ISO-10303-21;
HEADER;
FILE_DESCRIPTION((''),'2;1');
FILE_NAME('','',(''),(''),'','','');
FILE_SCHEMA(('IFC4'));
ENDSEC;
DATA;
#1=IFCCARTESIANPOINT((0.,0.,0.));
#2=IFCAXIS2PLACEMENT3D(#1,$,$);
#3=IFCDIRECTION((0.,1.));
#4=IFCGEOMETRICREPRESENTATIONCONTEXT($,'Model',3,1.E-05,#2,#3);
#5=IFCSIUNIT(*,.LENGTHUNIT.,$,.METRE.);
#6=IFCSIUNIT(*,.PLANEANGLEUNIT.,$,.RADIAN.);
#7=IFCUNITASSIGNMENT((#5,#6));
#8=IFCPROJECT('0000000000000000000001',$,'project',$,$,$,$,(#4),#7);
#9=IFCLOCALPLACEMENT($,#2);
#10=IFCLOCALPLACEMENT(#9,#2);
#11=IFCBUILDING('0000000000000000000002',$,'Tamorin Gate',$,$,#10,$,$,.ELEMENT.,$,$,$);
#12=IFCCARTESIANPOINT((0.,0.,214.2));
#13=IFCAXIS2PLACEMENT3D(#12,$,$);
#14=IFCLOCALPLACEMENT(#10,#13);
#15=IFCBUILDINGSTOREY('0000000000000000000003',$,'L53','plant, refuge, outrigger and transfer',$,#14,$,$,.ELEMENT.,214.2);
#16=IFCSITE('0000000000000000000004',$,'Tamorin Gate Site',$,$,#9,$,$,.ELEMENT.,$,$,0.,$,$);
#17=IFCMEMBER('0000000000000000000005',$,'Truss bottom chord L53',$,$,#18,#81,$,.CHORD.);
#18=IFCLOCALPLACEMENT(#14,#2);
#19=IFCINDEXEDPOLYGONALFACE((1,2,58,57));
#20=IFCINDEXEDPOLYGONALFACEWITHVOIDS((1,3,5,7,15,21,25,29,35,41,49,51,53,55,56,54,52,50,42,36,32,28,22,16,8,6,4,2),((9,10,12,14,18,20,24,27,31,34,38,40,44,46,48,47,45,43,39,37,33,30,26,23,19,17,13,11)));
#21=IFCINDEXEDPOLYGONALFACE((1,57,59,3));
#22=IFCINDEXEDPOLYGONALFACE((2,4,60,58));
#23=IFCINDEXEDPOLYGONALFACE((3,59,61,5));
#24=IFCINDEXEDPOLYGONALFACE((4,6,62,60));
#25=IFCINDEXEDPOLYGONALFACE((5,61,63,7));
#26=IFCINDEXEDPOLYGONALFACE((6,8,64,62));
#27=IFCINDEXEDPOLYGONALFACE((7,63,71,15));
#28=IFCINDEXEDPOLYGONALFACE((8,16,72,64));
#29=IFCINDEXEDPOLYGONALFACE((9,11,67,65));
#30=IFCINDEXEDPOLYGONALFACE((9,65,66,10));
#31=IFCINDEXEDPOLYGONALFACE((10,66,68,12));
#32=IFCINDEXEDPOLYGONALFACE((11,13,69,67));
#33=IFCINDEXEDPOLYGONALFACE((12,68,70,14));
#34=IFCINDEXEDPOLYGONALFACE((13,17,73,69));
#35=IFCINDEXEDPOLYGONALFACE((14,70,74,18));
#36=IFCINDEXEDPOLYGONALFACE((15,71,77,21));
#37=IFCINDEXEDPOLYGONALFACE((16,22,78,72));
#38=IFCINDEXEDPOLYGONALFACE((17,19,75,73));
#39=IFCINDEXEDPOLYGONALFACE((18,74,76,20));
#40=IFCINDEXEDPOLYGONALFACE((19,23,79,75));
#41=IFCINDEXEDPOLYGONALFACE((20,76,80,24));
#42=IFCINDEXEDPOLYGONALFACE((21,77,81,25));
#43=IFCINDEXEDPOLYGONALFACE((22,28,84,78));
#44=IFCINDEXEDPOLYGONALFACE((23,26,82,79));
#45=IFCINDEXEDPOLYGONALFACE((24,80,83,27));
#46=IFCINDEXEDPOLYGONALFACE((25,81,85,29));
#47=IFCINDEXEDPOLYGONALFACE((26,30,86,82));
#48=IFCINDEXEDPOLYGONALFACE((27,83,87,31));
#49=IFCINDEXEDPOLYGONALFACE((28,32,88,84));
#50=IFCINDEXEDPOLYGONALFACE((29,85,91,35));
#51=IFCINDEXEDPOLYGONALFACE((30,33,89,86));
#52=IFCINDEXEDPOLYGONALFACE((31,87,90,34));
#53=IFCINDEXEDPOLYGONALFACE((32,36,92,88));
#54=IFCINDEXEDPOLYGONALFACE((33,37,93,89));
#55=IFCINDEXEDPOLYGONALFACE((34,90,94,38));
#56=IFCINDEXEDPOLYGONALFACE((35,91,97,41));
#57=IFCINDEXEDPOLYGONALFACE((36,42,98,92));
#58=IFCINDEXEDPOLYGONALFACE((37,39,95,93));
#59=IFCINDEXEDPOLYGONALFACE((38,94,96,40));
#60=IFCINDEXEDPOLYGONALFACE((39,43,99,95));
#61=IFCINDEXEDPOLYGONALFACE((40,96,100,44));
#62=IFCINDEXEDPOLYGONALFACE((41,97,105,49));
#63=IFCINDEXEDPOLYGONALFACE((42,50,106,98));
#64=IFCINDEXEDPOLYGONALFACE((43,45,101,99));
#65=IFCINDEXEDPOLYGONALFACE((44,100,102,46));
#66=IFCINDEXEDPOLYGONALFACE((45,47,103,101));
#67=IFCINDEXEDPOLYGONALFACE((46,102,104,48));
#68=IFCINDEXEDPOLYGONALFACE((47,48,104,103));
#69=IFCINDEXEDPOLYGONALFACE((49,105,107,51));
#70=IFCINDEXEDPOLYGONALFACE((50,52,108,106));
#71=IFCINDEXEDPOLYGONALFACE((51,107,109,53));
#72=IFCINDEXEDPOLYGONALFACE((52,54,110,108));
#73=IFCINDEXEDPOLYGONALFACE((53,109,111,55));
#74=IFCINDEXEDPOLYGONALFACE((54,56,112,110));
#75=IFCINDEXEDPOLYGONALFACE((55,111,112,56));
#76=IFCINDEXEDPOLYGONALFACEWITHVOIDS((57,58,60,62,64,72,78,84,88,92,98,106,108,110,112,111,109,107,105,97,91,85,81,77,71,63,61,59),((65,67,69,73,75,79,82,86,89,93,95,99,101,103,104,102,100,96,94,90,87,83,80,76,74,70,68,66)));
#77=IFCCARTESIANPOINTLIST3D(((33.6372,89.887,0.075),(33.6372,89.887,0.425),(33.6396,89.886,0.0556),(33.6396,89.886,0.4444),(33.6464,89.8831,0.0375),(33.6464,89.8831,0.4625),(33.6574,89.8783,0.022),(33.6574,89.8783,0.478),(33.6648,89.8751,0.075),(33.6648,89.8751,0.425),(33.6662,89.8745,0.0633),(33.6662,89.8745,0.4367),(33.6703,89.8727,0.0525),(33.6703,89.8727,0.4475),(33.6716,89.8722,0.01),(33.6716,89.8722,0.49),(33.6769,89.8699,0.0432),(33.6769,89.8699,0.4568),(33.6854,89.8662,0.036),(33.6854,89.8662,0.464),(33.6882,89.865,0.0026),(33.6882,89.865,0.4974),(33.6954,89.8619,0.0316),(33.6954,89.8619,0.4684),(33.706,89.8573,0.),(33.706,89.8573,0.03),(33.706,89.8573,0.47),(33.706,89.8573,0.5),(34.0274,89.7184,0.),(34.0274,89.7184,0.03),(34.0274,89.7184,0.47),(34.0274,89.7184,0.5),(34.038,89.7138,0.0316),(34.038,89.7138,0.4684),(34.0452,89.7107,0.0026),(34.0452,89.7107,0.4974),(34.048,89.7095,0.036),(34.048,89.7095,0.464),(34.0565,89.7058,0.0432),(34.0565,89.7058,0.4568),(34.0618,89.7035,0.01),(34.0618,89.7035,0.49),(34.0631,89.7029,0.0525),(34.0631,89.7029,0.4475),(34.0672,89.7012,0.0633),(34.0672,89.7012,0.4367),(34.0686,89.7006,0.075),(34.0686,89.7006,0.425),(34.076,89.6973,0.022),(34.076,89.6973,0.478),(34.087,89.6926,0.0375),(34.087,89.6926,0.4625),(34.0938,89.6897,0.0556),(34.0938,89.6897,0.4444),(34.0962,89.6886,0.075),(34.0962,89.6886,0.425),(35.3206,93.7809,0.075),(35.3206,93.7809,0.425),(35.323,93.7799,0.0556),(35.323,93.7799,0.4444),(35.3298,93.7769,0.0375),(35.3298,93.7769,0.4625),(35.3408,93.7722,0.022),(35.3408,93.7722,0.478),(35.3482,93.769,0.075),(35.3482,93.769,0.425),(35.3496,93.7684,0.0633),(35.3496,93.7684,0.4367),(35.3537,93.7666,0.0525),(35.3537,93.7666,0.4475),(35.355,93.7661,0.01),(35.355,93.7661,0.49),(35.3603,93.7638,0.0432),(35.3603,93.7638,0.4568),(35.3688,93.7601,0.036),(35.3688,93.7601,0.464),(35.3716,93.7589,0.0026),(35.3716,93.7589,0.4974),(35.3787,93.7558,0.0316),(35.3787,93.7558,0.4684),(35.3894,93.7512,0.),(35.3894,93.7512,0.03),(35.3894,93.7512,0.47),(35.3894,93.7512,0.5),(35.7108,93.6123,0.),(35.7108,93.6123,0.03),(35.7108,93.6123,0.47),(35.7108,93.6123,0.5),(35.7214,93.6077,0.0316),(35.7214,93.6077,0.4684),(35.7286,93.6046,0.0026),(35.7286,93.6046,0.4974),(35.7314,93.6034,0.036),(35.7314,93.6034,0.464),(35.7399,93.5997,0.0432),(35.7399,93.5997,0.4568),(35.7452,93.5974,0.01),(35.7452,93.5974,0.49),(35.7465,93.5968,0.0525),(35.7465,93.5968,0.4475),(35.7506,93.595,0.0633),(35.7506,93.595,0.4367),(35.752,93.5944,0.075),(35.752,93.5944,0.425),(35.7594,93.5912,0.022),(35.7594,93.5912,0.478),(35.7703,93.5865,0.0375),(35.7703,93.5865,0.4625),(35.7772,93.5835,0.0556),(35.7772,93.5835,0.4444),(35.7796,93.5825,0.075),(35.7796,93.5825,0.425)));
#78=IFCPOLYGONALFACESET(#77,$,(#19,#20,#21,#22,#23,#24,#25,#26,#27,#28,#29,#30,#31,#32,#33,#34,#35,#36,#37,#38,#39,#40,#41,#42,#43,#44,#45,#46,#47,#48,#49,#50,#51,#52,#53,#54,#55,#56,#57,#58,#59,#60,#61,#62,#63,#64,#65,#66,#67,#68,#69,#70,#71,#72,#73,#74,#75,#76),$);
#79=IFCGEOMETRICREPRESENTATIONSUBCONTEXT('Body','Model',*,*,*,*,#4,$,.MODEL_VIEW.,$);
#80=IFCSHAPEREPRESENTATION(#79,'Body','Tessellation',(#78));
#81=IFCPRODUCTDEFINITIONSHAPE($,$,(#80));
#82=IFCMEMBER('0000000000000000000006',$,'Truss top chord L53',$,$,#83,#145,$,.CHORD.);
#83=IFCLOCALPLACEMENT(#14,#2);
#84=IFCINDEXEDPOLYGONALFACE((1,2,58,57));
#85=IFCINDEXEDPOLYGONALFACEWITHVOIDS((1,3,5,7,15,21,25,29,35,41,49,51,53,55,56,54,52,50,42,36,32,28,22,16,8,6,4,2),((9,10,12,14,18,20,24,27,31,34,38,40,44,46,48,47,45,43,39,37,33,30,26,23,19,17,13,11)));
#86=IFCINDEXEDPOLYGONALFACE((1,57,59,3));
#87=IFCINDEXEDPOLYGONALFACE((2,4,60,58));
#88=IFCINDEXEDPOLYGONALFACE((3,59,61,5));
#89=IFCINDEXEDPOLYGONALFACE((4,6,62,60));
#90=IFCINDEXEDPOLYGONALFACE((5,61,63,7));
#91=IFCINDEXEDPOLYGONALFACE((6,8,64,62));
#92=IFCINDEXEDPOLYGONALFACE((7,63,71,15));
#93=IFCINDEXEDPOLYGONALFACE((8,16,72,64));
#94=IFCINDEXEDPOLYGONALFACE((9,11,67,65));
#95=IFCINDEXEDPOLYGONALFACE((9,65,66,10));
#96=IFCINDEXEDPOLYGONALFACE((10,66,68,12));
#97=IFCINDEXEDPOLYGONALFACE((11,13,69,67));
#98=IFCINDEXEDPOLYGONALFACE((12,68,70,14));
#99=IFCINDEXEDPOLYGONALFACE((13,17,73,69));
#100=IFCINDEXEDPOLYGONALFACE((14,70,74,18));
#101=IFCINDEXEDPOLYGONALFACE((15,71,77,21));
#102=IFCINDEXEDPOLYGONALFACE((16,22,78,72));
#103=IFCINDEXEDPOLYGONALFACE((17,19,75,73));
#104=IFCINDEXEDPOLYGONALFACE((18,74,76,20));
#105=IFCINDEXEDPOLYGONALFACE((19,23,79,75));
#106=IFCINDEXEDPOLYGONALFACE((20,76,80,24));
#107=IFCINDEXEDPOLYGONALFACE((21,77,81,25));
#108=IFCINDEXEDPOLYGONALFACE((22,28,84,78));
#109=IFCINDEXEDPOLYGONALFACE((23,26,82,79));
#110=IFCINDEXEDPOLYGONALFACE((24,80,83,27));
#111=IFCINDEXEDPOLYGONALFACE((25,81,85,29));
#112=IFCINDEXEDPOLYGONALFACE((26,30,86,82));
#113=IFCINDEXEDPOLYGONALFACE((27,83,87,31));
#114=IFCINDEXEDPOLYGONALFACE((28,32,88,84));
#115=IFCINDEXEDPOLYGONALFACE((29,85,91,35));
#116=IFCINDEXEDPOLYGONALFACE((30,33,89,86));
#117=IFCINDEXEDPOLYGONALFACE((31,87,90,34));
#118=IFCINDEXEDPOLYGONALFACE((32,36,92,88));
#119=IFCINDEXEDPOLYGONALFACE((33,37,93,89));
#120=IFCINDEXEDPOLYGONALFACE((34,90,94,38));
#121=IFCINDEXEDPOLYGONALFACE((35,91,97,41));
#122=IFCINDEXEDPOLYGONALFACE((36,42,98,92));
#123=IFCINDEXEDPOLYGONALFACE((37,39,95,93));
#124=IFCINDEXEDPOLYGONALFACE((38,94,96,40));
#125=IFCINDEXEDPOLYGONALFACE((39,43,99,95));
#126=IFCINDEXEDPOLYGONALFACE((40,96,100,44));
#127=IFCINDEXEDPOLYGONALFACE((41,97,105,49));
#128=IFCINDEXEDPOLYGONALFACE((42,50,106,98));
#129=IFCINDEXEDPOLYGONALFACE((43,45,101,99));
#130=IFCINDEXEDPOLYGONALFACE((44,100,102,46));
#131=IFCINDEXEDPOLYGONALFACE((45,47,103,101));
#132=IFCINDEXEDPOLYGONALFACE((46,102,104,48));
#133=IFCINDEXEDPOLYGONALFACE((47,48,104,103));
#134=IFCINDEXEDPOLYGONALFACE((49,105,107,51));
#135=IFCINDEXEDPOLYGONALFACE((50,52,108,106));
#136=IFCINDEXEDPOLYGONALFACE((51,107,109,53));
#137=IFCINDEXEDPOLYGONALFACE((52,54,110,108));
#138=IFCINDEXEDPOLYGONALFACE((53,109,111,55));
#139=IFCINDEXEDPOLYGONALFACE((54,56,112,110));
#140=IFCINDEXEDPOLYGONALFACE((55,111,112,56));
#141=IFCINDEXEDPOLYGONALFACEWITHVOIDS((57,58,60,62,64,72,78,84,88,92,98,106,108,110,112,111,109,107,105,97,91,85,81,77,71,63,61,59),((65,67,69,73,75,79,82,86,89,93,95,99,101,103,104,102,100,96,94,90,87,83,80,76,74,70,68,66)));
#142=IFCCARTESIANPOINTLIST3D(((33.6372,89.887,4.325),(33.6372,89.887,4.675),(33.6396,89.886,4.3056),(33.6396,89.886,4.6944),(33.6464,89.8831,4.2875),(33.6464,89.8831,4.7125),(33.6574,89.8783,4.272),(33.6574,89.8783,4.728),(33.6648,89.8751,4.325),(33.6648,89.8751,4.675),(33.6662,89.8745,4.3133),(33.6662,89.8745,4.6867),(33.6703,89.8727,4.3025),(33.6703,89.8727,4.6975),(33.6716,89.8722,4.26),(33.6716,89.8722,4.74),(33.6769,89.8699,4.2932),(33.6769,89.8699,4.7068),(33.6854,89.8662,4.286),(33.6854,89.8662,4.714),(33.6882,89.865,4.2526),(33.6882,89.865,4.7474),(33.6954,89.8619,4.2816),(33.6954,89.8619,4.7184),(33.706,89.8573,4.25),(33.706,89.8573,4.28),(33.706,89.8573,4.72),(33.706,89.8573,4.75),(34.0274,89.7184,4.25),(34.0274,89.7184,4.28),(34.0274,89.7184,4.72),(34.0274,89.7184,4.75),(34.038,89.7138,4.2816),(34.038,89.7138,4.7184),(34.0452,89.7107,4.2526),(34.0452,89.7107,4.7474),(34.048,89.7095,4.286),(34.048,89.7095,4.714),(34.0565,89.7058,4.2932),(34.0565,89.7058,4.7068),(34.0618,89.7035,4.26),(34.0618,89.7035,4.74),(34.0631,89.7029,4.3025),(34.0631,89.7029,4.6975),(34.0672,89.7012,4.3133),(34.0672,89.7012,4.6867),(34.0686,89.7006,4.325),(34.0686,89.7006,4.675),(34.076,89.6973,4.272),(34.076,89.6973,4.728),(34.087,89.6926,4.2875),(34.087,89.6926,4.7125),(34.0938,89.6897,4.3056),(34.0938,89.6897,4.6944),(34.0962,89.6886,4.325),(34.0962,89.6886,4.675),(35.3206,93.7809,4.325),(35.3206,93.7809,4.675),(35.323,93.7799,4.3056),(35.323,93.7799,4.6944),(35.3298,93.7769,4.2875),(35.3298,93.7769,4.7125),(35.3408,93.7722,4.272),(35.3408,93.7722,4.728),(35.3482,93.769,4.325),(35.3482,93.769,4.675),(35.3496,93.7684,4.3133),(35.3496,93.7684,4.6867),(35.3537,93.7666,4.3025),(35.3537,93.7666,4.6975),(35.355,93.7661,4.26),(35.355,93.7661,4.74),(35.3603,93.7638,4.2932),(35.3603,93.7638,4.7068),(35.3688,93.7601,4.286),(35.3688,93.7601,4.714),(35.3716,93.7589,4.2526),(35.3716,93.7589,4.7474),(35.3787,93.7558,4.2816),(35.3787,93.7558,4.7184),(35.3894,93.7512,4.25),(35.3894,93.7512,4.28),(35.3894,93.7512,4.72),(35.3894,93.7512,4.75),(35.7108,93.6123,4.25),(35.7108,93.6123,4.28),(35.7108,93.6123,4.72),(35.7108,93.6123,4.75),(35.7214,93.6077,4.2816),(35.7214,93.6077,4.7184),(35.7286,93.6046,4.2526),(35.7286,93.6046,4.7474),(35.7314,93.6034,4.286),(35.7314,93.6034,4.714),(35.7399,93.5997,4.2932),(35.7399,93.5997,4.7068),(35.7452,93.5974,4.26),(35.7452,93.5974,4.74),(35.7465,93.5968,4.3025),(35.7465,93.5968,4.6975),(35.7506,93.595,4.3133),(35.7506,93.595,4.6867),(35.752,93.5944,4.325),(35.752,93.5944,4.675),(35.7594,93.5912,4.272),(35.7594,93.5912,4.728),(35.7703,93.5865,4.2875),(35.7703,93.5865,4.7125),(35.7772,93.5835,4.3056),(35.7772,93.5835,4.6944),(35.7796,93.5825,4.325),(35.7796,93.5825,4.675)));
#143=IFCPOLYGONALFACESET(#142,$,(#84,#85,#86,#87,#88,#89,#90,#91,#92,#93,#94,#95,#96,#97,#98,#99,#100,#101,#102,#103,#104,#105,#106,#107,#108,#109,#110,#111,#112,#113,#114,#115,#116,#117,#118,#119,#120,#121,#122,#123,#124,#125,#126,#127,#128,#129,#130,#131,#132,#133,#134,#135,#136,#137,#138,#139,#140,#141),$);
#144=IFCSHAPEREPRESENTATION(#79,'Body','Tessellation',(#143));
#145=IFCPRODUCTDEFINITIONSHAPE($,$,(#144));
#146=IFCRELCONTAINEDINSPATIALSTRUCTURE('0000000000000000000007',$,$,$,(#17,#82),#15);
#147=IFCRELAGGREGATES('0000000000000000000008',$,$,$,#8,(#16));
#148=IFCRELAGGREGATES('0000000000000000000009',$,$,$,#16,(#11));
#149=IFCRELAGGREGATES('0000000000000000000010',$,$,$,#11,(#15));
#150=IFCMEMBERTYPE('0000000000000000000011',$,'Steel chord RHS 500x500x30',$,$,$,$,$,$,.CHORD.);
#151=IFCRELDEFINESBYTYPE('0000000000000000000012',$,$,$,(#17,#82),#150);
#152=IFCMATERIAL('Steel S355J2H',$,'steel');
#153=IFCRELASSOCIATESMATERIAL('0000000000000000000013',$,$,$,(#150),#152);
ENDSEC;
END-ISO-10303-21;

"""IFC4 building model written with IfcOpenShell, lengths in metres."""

from ifc_helpers import new_model, si_unit, direction, frame, origin, origin_2d, place, context, subcontext, project, spatial, hollow_rectangle, extrude, material, material_profile, profile_set, type_object, element, save


model = new_model("IFC4")

# Units and contexts
model_context = context("Model", 3, precision=1e-05, world=origin(), true_north=direction((0.0, 1.0)))
body_context = subcontext(model_context, "Body", "Model", "MODEL_VIEW")
ifc_project = project(units=[si_unit("LENGTHUNIT", "METRE"), si_unit("PLANEANGLEUNIT", "RADIAN")], contexts=[model_context])

# Site, building, storey
site_placement = place(None, origin())
site = spatial("IfcSite", under=ifc_project, at=site_placement, Name="Tamorin Gate Site", CompositionType="ELEMENT", RefElevation=0.0)
building_placement = place(site_placement, origin())
building = spatial("IfcBuilding", under=site, at=building_placement, Name="Tamorin Gate", CompositionType="ELEMENT")
storey_placement = place(building_placement, frame((0.0, 0.0, 214.2)))
storey = spatial("IfcBuildingStorey", under=building, at=storey_placement, Name="L53", Description="plant, refuge, outrigger and transfer", CompositionType="ELEMENT", Elevation=214.2)

# Members
ifc_material_1 = material(Name="Steel S355J2H", Category="steel")
ifc_material_profile_1 = material_profile(ifc_material_1, hollow_rectangle(XDim=0.5, YDim=0.5, WallThickness=0.03, InnerFilletRadius=0.0449, OuterFilletRadius=0.075, at=origin_2d()), Name="RHS 500x500x30")
ifc_profile_set_1 = profile_set([ifc_material_profile_1], Name="Steel S355J2H")
member_type_1 = type_object("IfcMemberType", Name="Steel chord RHS 500x500x30", PredefinedType="CHORD", material=ifc_profile_set_1)
for number, where, z_axis, x_axis, name in (
    (1, (33.8667, 89.7878, 0.25), (0.396821, 0.917896, 0.0), (-0.917896, 0.396821, 0.0), "Truss bottom chord L53"),
    (2, (33.8667, 89.7878, 4.5), (0.396821, 0.917896, 0.0), (-0.917896, 0.396821, 0.0), "Truss top chord L53"),
):
    element("IfcMember", number, at=place(storey_placement, frame(where, z_axis=z_axis, x_axis=x_axis)), inside=storey, type_object=member_type_1, Name=name, PredefinedType="CHORD", context=body_context, shape_type="SweptSolid", body=[
        extrude(hollow_rectangle(XDim=0.5, YDim=0.5, WallThickness=0.03, InnerFilletRadius=0.0449, OuterFilletRadius=0.075, at=origin_2d()), origin(), (0.0, 0.0, 1.0), 4.2422),
    ])

save(model, "model.ifc")
